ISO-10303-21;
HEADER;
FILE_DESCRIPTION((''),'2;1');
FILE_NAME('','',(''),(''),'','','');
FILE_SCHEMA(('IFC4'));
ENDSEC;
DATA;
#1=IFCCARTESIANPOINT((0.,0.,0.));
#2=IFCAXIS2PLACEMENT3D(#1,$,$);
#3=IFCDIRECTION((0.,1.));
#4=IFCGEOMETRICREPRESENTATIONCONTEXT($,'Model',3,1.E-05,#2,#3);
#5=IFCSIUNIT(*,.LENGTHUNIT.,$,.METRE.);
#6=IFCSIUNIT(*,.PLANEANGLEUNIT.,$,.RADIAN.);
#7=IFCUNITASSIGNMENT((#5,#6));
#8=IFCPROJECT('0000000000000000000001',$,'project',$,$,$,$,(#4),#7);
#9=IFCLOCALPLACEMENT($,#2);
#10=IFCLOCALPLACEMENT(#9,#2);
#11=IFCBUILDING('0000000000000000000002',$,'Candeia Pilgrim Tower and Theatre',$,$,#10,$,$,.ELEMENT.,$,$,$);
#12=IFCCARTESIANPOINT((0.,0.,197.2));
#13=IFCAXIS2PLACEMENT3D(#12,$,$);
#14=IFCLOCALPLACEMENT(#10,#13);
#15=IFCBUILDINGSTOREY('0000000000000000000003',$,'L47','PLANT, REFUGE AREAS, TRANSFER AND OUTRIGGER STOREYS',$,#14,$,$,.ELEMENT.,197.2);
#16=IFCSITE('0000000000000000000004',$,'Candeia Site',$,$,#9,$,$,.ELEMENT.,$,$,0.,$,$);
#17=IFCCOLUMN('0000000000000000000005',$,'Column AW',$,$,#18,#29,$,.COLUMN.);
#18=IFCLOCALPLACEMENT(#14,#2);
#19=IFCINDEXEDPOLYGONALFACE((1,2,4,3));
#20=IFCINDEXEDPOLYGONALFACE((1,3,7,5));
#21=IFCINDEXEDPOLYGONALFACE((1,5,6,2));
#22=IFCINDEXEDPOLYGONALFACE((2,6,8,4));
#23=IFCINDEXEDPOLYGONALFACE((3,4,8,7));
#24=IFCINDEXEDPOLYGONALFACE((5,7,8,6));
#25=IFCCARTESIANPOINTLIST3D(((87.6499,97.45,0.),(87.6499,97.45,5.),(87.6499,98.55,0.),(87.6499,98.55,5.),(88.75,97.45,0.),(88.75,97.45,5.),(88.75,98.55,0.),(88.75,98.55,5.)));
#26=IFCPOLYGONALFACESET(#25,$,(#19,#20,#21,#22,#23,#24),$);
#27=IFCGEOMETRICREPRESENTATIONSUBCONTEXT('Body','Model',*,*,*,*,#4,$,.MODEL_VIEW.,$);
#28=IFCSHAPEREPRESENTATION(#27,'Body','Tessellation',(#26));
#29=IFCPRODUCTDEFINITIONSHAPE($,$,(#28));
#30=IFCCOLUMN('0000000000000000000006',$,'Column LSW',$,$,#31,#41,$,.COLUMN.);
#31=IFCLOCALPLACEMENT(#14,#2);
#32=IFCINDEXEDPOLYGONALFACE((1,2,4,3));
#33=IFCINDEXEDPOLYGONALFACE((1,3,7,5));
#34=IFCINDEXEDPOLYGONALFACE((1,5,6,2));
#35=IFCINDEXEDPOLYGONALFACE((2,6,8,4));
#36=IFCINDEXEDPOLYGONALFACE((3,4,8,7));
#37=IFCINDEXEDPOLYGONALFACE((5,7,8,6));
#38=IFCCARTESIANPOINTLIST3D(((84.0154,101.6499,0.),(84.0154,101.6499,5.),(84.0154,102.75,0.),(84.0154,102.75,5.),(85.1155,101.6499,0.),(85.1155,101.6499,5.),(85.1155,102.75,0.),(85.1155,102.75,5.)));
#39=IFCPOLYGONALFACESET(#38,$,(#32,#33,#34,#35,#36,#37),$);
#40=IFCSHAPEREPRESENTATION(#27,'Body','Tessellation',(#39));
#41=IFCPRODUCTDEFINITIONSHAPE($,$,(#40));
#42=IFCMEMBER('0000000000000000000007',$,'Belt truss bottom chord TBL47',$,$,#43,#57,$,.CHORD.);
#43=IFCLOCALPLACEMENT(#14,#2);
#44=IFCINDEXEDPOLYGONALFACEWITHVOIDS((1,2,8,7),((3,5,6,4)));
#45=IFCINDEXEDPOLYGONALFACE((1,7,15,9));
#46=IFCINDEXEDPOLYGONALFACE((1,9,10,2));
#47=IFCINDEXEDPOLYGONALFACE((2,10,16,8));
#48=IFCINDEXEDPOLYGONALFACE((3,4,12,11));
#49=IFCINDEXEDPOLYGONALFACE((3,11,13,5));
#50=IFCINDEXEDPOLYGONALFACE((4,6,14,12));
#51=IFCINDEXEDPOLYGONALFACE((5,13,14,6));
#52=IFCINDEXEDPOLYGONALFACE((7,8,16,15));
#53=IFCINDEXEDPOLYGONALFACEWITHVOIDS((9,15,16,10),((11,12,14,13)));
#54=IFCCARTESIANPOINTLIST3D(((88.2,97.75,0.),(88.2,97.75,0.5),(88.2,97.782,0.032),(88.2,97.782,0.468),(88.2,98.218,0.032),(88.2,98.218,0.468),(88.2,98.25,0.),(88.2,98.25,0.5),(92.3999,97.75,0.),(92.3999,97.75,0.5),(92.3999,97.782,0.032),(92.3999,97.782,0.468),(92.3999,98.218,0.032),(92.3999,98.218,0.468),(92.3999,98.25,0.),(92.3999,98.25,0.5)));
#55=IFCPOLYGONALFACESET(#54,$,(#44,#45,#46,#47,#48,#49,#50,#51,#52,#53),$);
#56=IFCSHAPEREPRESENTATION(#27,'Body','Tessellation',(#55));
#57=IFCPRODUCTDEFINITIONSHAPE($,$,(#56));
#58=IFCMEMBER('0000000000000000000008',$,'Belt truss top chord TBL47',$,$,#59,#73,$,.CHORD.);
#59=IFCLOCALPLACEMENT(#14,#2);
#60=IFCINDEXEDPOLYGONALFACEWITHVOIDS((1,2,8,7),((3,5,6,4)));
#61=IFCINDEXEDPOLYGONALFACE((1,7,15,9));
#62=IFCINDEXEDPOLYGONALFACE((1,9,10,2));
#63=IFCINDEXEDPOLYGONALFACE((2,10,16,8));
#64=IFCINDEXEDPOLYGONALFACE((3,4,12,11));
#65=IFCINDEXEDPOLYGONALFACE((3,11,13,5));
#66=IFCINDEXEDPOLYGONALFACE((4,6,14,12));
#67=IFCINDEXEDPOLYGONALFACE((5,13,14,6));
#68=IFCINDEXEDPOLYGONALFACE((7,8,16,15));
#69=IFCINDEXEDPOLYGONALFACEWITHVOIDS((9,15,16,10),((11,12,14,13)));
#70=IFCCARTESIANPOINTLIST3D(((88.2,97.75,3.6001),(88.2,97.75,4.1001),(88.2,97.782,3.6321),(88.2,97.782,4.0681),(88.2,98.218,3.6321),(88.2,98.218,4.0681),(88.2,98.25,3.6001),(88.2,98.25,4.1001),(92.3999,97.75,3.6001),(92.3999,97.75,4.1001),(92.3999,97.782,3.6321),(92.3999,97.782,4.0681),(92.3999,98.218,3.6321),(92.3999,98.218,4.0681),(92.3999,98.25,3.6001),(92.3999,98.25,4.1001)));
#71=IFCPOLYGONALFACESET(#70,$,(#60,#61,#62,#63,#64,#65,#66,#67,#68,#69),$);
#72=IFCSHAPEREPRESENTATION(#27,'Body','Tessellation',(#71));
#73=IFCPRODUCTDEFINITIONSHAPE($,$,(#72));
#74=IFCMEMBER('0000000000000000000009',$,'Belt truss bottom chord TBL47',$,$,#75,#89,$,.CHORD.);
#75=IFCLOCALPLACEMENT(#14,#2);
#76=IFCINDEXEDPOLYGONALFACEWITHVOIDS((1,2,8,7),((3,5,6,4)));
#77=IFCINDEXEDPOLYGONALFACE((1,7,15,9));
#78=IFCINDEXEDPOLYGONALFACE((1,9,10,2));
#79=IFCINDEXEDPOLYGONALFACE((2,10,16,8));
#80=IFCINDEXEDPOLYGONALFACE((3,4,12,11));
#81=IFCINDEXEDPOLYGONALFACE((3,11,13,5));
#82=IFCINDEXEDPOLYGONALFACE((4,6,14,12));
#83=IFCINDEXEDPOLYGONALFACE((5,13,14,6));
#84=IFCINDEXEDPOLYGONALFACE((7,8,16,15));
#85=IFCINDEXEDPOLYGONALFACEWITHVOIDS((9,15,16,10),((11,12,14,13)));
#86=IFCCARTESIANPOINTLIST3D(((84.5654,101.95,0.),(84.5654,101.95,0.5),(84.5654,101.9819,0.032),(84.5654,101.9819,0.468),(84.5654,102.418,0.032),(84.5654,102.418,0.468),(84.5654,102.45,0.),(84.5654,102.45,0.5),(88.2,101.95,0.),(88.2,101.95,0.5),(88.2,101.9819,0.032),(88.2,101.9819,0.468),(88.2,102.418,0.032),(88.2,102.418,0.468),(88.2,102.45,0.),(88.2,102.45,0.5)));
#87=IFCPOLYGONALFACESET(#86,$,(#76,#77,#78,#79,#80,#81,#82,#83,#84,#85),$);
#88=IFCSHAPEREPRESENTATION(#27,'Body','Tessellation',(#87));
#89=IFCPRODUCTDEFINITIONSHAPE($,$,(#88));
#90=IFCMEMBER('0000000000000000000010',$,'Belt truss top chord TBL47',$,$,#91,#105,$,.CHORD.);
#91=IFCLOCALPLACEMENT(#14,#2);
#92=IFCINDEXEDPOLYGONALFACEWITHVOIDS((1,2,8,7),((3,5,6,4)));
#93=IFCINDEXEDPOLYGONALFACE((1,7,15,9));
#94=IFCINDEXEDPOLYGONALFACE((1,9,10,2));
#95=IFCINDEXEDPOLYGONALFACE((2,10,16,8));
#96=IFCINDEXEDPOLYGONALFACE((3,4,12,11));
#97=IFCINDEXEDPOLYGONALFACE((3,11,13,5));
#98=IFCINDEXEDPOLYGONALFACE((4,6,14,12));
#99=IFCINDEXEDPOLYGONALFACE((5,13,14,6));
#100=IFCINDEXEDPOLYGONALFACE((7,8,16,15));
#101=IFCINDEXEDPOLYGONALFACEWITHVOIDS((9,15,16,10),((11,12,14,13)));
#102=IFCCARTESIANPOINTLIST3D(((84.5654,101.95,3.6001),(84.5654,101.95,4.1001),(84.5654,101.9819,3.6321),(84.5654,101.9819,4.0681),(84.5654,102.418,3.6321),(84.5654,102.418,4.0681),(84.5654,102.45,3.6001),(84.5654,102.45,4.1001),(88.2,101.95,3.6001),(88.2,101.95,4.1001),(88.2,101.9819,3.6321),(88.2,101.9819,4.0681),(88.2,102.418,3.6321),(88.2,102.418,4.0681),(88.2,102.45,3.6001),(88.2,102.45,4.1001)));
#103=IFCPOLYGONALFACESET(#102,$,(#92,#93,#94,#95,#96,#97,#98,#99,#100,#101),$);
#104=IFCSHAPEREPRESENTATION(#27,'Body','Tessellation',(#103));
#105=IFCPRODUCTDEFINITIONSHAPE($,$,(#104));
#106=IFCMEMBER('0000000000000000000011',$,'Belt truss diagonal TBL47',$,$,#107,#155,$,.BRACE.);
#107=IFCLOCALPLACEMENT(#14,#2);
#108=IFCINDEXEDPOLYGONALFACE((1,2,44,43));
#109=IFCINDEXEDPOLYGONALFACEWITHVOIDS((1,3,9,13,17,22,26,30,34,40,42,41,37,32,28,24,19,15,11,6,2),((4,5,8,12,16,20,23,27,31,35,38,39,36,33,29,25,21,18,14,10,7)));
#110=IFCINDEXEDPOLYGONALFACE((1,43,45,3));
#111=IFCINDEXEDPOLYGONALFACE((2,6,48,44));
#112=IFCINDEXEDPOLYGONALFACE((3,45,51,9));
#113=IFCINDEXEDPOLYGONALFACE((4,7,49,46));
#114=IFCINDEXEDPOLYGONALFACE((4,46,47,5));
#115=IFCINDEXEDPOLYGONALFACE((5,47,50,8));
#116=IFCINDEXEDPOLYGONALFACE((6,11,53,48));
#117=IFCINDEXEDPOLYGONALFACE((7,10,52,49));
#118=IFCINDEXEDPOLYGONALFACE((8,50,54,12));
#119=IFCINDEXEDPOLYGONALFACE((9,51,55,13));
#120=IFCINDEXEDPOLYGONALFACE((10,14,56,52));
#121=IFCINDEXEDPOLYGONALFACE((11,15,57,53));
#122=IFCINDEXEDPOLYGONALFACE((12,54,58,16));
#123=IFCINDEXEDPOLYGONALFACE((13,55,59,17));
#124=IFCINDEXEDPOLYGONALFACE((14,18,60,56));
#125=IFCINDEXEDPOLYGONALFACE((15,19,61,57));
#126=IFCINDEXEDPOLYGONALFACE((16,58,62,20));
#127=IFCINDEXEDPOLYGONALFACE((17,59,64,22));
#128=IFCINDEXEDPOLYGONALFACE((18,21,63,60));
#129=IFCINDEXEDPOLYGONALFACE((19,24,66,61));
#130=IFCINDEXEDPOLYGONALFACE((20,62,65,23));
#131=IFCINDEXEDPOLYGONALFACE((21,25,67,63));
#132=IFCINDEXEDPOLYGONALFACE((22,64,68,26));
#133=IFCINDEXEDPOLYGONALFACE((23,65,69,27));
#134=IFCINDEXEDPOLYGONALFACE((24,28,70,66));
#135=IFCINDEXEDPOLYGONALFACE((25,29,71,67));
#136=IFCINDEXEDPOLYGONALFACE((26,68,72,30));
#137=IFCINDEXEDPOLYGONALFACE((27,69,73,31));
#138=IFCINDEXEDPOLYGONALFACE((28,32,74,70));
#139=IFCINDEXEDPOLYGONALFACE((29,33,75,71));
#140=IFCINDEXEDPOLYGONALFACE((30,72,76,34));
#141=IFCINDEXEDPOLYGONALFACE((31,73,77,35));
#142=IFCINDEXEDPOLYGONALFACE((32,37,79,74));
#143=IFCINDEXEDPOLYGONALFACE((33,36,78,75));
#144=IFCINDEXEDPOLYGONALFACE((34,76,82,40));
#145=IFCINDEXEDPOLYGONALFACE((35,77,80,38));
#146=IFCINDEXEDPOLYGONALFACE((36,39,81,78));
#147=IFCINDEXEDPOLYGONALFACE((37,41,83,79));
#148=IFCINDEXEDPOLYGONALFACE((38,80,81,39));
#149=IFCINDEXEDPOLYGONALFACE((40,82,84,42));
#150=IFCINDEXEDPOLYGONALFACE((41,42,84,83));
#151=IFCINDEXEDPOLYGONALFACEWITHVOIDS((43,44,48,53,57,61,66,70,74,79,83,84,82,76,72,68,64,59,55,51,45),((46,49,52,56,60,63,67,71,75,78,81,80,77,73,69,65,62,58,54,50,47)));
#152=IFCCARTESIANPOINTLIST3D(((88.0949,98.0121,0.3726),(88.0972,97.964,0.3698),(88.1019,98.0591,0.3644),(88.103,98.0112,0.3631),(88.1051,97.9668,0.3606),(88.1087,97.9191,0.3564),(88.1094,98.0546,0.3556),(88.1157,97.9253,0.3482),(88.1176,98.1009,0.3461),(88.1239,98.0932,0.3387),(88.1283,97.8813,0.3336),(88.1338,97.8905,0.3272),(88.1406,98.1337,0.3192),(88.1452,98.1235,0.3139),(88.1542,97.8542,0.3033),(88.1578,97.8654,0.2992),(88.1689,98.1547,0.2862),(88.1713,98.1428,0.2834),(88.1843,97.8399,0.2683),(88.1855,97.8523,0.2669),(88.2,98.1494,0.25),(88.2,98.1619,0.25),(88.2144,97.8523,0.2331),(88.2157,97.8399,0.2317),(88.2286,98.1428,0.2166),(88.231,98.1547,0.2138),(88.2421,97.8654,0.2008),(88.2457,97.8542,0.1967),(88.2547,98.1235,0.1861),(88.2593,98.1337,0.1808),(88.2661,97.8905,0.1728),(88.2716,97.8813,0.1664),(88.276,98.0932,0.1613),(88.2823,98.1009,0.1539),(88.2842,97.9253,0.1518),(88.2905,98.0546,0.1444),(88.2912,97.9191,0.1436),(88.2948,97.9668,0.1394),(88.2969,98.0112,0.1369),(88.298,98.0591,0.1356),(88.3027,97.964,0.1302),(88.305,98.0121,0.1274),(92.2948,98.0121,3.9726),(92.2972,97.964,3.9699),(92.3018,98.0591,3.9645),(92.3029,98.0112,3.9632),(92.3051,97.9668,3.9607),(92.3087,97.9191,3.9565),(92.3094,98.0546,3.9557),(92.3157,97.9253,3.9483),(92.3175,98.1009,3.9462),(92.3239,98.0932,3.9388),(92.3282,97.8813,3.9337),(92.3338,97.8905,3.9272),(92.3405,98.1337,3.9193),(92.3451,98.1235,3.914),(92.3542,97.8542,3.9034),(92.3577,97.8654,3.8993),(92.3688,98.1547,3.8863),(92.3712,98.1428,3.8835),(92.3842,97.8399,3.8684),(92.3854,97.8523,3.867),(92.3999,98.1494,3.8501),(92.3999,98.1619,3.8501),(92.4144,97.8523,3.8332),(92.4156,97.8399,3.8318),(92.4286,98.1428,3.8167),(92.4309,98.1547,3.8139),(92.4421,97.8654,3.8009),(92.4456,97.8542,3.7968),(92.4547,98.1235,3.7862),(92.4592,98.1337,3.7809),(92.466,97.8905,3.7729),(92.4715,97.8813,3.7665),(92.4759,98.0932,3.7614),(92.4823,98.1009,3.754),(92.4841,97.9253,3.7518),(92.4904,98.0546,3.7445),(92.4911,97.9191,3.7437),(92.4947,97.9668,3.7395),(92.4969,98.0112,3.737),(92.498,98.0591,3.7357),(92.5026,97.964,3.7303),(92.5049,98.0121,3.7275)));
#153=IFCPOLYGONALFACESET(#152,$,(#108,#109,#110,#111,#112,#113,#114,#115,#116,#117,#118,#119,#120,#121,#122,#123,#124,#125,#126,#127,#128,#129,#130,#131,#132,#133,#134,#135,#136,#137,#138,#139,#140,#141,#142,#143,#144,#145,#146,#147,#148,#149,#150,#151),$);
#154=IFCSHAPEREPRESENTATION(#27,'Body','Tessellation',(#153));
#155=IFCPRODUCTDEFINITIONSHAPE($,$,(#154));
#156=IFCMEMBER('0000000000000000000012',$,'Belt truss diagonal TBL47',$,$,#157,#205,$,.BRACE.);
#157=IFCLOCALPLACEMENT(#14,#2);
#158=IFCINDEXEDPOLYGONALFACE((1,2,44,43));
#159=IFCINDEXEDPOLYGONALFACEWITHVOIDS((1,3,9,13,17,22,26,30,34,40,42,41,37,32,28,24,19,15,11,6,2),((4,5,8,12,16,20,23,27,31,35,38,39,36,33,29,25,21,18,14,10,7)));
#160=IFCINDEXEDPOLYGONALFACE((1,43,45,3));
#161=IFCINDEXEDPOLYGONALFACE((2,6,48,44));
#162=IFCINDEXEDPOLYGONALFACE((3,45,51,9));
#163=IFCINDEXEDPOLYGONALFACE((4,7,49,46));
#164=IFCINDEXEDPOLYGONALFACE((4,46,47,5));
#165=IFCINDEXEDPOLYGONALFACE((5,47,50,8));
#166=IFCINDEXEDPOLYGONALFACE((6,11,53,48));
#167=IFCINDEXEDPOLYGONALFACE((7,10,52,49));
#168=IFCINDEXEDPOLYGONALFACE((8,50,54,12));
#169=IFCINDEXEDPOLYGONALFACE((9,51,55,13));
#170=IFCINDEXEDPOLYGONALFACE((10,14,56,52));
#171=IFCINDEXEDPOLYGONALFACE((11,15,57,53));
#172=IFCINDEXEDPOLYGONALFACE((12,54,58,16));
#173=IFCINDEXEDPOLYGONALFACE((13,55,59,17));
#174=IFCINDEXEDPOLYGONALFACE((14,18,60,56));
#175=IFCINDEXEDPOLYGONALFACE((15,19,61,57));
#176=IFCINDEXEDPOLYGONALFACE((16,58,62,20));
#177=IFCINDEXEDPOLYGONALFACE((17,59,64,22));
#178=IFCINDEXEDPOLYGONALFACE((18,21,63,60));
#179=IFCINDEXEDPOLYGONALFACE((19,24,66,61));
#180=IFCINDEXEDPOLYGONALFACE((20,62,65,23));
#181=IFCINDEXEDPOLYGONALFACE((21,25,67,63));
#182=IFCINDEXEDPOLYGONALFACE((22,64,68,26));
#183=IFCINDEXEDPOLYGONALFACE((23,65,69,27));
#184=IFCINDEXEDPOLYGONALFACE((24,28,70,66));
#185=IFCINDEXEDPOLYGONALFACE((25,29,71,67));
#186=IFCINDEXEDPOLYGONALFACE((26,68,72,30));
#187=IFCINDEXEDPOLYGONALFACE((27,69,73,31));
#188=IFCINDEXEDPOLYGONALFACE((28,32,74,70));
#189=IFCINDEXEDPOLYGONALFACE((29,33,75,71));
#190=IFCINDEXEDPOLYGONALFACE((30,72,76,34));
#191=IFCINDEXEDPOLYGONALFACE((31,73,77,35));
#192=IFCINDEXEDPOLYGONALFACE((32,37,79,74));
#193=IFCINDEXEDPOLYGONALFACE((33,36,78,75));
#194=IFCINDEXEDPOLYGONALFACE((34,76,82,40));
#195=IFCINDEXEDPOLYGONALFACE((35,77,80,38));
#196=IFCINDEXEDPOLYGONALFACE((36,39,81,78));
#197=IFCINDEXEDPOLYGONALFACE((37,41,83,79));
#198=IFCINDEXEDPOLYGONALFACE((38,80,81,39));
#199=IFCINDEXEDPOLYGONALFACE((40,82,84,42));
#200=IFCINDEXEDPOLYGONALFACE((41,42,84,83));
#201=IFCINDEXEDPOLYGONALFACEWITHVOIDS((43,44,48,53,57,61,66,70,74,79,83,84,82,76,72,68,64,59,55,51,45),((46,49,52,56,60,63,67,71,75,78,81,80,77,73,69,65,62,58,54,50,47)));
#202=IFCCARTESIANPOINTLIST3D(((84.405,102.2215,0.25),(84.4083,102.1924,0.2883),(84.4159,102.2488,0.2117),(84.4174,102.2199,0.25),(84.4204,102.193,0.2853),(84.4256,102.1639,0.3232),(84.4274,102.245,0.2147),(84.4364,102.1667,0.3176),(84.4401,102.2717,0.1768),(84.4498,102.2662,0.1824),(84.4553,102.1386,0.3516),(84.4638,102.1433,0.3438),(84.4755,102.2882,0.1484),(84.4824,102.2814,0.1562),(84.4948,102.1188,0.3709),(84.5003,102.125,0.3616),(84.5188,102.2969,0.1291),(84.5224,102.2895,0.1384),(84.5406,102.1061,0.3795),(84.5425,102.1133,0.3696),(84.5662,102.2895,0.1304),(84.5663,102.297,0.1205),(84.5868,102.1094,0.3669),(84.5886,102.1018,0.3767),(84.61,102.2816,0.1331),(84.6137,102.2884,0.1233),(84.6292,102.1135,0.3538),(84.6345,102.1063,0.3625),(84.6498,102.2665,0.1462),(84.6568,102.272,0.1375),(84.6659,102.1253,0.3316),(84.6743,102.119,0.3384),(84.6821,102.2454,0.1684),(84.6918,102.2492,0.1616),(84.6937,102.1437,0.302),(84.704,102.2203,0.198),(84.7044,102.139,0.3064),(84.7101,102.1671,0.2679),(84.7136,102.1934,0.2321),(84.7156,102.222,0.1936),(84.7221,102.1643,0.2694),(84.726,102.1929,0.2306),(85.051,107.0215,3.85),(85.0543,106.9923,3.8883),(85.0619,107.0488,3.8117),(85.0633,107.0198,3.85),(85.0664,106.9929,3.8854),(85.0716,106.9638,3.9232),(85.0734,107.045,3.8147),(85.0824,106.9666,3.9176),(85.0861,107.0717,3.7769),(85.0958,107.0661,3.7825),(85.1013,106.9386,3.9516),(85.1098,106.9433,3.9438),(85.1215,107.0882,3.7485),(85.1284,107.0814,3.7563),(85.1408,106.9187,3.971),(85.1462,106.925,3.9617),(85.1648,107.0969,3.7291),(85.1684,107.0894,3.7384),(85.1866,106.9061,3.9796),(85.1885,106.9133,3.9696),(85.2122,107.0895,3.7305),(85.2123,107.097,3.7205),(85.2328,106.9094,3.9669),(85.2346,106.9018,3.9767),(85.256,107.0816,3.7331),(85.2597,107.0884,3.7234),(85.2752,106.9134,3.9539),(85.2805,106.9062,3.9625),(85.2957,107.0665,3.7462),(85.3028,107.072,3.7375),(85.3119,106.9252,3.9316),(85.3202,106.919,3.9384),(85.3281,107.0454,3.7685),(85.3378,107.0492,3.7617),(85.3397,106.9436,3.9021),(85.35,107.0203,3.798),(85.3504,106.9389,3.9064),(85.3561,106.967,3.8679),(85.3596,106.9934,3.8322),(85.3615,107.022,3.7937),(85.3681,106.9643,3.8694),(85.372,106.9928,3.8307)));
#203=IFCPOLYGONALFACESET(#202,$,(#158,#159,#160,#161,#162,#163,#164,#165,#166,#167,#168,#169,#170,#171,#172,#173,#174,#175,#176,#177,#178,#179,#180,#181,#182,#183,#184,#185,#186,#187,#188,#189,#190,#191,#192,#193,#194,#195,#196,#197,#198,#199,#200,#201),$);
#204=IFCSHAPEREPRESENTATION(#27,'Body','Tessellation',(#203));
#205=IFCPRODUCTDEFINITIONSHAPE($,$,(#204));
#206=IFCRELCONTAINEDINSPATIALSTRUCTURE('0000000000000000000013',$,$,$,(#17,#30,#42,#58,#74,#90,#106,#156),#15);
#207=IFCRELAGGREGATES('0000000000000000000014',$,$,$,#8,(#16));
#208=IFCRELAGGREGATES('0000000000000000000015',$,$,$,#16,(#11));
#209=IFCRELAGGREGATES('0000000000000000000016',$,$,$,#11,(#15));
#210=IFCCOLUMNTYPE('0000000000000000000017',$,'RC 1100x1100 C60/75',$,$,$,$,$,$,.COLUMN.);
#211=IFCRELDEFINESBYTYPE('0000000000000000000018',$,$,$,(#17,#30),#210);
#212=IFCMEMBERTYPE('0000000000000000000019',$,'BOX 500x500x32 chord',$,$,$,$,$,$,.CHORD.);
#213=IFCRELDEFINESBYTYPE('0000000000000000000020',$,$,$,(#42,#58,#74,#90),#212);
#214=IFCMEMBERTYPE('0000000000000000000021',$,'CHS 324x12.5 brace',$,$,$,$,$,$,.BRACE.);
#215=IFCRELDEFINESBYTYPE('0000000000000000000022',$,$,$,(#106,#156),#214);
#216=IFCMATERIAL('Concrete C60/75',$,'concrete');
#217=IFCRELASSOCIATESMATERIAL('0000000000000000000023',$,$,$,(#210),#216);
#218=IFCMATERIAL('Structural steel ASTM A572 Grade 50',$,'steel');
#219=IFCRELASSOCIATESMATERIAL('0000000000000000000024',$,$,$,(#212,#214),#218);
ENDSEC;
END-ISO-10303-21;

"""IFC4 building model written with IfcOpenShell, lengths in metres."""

from ifc_helpers import new_model, si_unit, direction, frame, origin, origin_2d, place, context, subcontext, project, spatial, rectangle, hollow_rectangle, hollow_circle, extrude, material, material_profile, profile_set, type_object, element, save


model = new_model("IFC4")

# Units and contexts
model_context = context("Model", 3, precision=1e-05, world=origin(), true_north=direction((0.0, 1.0)))
body_context = subcontext(model_context, "Body", "Model", "MODEL_VIEW")
ifc_project = project(units=[si_unit("LENGTHUNIT", "METRE"), si_unit("PLANEANGLEUNIT", "RADIAN")], contexts=[model_context])

# Site, building, storey
site_placement = place(None, origin())
site = spatial("IfcSite", under=ifc_project, at=site_placement, Name="Candeia Site", CompositionType="ELEMENT", RefElevation=0.0)
building_placement = place(site_placement, origin())
building = spatial("IfcBuilding", under=site, at=building_placement, Name="Candeia Pilgrim Tower and Theatre", CompositionType="ELEMENT")
storey_placement = place(building_placement, frame((0.0, 0.0, 197.2)))
storey = spatial("IfcBuildingStorey", under=building, at=storey_placement, Name="L47", Description="PLANT, REFUGE AREAS, TRANSFER AND OUTRIGGER STOREYS", CompositionType="ELEMENT", Elevation=197.2)

# Columns
ifc_material_1 = material(Name="Concrete C60/75", Category="concrete")
ifc_material_profile_1 = material_profile(ifc_material_1, rectangle(XDim=1.1001, YDim=1.1001, at=origin_2d()))
ifc_profile_set_1 = profile_set([ifc_material_profile_1], Name="Concrete C60/75")
column_type = type_object("IfcColumnType", Name="RC 1100x1100 C60/75", PredefinedType="COLUMN", material=ifc_profile_set_1)
for number, where, z_axis, x_axis, name in (
    (1, (88.2, 98.0, 0.0), (0.0, 0.0, 1.0), (1.0, 0.0, 0.0), "Column AW"),
    (2, (84.5654, 102.2, 0.0), (0.0, 0.0, 1.0), (1.0, 0.0, 0.0), "Column LSW"),
):
    element("IfcColumn", number, at=place(storey_placement, frame(where, z_axis=z_axis, x_axis=x_axis)), inside=storey, type_object=column_type, Name=name, PredefinedType="COLUMN", context=body_context, shape_type="SweptSolid", body=[
        extrude(rectangle(XDim=1.1001, YDim=1.1001, at=origin_2d()), origin(), (0.0, 0.0, 1.0), 5.0),
    ])

# Members
ifc_material_2 = material(Name="Structural steel ASTM A572 Grade 50", Category="steel")
ifc_material_profile_2 = material_profile(ifc_material_2, hollow_rectangle(XDim=0.5, YDim=0.5, WallThickness=0.032, at=origin_2d()))
ifc_profile_set_2 = profile_set([ifc_material_profile_2], Name="Structural steel ASTM A572 Grade 50")
member_type_1 = type_object("IfcMemberType", Name="BOX 500x500x32 chord", PredefinedType="CHORD", material=ifc_profile_set_2)
for number, where, z_axis, x_axis, name in (
    (3, (88.2, 98.0, 0.25), (1.0, 0.0, 0.0), (0.0, 1.0, 0.0), "Belt truss bottom chord TBL47"),
    (4, (88.2, 98.0, 3.8501), (1.0, 0.0, 0.0), (0.0, 1.0, 0.0), "Belt truss top chord TBL47"),
):
    element("IfcMember", number, at=place(storey_placement, frame(where, z_axis=z_axis, x_axis=x_axis)), inside=storey, type_object=member_type_1, Name=name, PredefinedType="CHORD", context=body_context, shape_type="SweptSolid", body=[
        extrude(hollow_rectangle(XDim=0.5, YDim=0.5, WallThickness=0.032, at=origin_2d()), origin(), (0.0, 0.0, 1.0), 4.2),
    ])
for number, where, z_axis, x_axis, name in (
    (5, (84.5654, 102.2, 0.25), (1.0, 0.0, 0.0), (0.0, 1.0, 0.0), "Belt truss bottom chord TBL47"),
    (6, (84.5654, 102.2, 3.8501), (1.0, 0.0, 0.0), (0.0, 1.0, 0.0), "Belt truss top chord TBL47"),
):
    element("IfcMember", number, at=place(storey_placement, frame(where, z_axis=z_axis, x_axis=x_axis)), inside=storey, type_object=member_type_1, Name=name, PredefinedType="CHORD", context=body_context, shape_type="SweptSolid", body=[
        extrude(hollow_rectangle(XDim=0.5, YDim=0.5, WallThickness=0.032, at=origin_2d()), origin(), (0.0, 0.0, 1.0), 3.6345),
    ])
ifc_material_profile_3 = material_profile(ifc_material_2, hollow_circle(Radius=0.1619, WallThickness=0.0125, at=origin_2d()))
ifc_profile_set_3 = profile_set([ifc_material_profile_3], Name="Structural steel ASTM A572 Grade 50")
member_type_2 = type_object("IfcMemberType", Name="CHS 324x12.5 brace", PredefinedType="BRACE", material=ifc_profile_set_3)
member_1_placement = place(storey_placement, frame((88.2, 98.0, 0.25), z_axis=(0.759244, 0.0, 0.650806), x_axis=(0.0, 1.0, 0.0)))
element("IfcMember", 7, at=member_1_placement, inside=storey, type_object=member_type_2, Name="Belt truss diagonal TBL47", PredefinedType="BRACE", context=body_context, shape_type="SweptSolid", body=[
    extrude(hollow_circle(Radius=0.1619, WallThickness=0.0125, at=origin_2d()), origin(), (0.0, 0.0, 1.0), 5.5317),
])
member_2_placement = place(storey_placement, frame((84.5654, 102.2, 0.25), z_axis=(0.107046, 0.795398, 0.596559), x_axis=(-0.991065, 0.133379, 0.0)))
element("IfcMember", 8, at=member_2_placement, inside=storey, type_object=member_type_2, Name="Belt truss diagonal TBL47", PredefinedType="BRACE", context=body_context, shape_type="SweptSolid", body=[
    extrude(hollow_circle(Radius=0.1619, WallThickness=0.0125, at=origin_2d()), origin(), (0.0, 0.0, 1.0), 6.0347),
])

save(model, "model.ifc")
